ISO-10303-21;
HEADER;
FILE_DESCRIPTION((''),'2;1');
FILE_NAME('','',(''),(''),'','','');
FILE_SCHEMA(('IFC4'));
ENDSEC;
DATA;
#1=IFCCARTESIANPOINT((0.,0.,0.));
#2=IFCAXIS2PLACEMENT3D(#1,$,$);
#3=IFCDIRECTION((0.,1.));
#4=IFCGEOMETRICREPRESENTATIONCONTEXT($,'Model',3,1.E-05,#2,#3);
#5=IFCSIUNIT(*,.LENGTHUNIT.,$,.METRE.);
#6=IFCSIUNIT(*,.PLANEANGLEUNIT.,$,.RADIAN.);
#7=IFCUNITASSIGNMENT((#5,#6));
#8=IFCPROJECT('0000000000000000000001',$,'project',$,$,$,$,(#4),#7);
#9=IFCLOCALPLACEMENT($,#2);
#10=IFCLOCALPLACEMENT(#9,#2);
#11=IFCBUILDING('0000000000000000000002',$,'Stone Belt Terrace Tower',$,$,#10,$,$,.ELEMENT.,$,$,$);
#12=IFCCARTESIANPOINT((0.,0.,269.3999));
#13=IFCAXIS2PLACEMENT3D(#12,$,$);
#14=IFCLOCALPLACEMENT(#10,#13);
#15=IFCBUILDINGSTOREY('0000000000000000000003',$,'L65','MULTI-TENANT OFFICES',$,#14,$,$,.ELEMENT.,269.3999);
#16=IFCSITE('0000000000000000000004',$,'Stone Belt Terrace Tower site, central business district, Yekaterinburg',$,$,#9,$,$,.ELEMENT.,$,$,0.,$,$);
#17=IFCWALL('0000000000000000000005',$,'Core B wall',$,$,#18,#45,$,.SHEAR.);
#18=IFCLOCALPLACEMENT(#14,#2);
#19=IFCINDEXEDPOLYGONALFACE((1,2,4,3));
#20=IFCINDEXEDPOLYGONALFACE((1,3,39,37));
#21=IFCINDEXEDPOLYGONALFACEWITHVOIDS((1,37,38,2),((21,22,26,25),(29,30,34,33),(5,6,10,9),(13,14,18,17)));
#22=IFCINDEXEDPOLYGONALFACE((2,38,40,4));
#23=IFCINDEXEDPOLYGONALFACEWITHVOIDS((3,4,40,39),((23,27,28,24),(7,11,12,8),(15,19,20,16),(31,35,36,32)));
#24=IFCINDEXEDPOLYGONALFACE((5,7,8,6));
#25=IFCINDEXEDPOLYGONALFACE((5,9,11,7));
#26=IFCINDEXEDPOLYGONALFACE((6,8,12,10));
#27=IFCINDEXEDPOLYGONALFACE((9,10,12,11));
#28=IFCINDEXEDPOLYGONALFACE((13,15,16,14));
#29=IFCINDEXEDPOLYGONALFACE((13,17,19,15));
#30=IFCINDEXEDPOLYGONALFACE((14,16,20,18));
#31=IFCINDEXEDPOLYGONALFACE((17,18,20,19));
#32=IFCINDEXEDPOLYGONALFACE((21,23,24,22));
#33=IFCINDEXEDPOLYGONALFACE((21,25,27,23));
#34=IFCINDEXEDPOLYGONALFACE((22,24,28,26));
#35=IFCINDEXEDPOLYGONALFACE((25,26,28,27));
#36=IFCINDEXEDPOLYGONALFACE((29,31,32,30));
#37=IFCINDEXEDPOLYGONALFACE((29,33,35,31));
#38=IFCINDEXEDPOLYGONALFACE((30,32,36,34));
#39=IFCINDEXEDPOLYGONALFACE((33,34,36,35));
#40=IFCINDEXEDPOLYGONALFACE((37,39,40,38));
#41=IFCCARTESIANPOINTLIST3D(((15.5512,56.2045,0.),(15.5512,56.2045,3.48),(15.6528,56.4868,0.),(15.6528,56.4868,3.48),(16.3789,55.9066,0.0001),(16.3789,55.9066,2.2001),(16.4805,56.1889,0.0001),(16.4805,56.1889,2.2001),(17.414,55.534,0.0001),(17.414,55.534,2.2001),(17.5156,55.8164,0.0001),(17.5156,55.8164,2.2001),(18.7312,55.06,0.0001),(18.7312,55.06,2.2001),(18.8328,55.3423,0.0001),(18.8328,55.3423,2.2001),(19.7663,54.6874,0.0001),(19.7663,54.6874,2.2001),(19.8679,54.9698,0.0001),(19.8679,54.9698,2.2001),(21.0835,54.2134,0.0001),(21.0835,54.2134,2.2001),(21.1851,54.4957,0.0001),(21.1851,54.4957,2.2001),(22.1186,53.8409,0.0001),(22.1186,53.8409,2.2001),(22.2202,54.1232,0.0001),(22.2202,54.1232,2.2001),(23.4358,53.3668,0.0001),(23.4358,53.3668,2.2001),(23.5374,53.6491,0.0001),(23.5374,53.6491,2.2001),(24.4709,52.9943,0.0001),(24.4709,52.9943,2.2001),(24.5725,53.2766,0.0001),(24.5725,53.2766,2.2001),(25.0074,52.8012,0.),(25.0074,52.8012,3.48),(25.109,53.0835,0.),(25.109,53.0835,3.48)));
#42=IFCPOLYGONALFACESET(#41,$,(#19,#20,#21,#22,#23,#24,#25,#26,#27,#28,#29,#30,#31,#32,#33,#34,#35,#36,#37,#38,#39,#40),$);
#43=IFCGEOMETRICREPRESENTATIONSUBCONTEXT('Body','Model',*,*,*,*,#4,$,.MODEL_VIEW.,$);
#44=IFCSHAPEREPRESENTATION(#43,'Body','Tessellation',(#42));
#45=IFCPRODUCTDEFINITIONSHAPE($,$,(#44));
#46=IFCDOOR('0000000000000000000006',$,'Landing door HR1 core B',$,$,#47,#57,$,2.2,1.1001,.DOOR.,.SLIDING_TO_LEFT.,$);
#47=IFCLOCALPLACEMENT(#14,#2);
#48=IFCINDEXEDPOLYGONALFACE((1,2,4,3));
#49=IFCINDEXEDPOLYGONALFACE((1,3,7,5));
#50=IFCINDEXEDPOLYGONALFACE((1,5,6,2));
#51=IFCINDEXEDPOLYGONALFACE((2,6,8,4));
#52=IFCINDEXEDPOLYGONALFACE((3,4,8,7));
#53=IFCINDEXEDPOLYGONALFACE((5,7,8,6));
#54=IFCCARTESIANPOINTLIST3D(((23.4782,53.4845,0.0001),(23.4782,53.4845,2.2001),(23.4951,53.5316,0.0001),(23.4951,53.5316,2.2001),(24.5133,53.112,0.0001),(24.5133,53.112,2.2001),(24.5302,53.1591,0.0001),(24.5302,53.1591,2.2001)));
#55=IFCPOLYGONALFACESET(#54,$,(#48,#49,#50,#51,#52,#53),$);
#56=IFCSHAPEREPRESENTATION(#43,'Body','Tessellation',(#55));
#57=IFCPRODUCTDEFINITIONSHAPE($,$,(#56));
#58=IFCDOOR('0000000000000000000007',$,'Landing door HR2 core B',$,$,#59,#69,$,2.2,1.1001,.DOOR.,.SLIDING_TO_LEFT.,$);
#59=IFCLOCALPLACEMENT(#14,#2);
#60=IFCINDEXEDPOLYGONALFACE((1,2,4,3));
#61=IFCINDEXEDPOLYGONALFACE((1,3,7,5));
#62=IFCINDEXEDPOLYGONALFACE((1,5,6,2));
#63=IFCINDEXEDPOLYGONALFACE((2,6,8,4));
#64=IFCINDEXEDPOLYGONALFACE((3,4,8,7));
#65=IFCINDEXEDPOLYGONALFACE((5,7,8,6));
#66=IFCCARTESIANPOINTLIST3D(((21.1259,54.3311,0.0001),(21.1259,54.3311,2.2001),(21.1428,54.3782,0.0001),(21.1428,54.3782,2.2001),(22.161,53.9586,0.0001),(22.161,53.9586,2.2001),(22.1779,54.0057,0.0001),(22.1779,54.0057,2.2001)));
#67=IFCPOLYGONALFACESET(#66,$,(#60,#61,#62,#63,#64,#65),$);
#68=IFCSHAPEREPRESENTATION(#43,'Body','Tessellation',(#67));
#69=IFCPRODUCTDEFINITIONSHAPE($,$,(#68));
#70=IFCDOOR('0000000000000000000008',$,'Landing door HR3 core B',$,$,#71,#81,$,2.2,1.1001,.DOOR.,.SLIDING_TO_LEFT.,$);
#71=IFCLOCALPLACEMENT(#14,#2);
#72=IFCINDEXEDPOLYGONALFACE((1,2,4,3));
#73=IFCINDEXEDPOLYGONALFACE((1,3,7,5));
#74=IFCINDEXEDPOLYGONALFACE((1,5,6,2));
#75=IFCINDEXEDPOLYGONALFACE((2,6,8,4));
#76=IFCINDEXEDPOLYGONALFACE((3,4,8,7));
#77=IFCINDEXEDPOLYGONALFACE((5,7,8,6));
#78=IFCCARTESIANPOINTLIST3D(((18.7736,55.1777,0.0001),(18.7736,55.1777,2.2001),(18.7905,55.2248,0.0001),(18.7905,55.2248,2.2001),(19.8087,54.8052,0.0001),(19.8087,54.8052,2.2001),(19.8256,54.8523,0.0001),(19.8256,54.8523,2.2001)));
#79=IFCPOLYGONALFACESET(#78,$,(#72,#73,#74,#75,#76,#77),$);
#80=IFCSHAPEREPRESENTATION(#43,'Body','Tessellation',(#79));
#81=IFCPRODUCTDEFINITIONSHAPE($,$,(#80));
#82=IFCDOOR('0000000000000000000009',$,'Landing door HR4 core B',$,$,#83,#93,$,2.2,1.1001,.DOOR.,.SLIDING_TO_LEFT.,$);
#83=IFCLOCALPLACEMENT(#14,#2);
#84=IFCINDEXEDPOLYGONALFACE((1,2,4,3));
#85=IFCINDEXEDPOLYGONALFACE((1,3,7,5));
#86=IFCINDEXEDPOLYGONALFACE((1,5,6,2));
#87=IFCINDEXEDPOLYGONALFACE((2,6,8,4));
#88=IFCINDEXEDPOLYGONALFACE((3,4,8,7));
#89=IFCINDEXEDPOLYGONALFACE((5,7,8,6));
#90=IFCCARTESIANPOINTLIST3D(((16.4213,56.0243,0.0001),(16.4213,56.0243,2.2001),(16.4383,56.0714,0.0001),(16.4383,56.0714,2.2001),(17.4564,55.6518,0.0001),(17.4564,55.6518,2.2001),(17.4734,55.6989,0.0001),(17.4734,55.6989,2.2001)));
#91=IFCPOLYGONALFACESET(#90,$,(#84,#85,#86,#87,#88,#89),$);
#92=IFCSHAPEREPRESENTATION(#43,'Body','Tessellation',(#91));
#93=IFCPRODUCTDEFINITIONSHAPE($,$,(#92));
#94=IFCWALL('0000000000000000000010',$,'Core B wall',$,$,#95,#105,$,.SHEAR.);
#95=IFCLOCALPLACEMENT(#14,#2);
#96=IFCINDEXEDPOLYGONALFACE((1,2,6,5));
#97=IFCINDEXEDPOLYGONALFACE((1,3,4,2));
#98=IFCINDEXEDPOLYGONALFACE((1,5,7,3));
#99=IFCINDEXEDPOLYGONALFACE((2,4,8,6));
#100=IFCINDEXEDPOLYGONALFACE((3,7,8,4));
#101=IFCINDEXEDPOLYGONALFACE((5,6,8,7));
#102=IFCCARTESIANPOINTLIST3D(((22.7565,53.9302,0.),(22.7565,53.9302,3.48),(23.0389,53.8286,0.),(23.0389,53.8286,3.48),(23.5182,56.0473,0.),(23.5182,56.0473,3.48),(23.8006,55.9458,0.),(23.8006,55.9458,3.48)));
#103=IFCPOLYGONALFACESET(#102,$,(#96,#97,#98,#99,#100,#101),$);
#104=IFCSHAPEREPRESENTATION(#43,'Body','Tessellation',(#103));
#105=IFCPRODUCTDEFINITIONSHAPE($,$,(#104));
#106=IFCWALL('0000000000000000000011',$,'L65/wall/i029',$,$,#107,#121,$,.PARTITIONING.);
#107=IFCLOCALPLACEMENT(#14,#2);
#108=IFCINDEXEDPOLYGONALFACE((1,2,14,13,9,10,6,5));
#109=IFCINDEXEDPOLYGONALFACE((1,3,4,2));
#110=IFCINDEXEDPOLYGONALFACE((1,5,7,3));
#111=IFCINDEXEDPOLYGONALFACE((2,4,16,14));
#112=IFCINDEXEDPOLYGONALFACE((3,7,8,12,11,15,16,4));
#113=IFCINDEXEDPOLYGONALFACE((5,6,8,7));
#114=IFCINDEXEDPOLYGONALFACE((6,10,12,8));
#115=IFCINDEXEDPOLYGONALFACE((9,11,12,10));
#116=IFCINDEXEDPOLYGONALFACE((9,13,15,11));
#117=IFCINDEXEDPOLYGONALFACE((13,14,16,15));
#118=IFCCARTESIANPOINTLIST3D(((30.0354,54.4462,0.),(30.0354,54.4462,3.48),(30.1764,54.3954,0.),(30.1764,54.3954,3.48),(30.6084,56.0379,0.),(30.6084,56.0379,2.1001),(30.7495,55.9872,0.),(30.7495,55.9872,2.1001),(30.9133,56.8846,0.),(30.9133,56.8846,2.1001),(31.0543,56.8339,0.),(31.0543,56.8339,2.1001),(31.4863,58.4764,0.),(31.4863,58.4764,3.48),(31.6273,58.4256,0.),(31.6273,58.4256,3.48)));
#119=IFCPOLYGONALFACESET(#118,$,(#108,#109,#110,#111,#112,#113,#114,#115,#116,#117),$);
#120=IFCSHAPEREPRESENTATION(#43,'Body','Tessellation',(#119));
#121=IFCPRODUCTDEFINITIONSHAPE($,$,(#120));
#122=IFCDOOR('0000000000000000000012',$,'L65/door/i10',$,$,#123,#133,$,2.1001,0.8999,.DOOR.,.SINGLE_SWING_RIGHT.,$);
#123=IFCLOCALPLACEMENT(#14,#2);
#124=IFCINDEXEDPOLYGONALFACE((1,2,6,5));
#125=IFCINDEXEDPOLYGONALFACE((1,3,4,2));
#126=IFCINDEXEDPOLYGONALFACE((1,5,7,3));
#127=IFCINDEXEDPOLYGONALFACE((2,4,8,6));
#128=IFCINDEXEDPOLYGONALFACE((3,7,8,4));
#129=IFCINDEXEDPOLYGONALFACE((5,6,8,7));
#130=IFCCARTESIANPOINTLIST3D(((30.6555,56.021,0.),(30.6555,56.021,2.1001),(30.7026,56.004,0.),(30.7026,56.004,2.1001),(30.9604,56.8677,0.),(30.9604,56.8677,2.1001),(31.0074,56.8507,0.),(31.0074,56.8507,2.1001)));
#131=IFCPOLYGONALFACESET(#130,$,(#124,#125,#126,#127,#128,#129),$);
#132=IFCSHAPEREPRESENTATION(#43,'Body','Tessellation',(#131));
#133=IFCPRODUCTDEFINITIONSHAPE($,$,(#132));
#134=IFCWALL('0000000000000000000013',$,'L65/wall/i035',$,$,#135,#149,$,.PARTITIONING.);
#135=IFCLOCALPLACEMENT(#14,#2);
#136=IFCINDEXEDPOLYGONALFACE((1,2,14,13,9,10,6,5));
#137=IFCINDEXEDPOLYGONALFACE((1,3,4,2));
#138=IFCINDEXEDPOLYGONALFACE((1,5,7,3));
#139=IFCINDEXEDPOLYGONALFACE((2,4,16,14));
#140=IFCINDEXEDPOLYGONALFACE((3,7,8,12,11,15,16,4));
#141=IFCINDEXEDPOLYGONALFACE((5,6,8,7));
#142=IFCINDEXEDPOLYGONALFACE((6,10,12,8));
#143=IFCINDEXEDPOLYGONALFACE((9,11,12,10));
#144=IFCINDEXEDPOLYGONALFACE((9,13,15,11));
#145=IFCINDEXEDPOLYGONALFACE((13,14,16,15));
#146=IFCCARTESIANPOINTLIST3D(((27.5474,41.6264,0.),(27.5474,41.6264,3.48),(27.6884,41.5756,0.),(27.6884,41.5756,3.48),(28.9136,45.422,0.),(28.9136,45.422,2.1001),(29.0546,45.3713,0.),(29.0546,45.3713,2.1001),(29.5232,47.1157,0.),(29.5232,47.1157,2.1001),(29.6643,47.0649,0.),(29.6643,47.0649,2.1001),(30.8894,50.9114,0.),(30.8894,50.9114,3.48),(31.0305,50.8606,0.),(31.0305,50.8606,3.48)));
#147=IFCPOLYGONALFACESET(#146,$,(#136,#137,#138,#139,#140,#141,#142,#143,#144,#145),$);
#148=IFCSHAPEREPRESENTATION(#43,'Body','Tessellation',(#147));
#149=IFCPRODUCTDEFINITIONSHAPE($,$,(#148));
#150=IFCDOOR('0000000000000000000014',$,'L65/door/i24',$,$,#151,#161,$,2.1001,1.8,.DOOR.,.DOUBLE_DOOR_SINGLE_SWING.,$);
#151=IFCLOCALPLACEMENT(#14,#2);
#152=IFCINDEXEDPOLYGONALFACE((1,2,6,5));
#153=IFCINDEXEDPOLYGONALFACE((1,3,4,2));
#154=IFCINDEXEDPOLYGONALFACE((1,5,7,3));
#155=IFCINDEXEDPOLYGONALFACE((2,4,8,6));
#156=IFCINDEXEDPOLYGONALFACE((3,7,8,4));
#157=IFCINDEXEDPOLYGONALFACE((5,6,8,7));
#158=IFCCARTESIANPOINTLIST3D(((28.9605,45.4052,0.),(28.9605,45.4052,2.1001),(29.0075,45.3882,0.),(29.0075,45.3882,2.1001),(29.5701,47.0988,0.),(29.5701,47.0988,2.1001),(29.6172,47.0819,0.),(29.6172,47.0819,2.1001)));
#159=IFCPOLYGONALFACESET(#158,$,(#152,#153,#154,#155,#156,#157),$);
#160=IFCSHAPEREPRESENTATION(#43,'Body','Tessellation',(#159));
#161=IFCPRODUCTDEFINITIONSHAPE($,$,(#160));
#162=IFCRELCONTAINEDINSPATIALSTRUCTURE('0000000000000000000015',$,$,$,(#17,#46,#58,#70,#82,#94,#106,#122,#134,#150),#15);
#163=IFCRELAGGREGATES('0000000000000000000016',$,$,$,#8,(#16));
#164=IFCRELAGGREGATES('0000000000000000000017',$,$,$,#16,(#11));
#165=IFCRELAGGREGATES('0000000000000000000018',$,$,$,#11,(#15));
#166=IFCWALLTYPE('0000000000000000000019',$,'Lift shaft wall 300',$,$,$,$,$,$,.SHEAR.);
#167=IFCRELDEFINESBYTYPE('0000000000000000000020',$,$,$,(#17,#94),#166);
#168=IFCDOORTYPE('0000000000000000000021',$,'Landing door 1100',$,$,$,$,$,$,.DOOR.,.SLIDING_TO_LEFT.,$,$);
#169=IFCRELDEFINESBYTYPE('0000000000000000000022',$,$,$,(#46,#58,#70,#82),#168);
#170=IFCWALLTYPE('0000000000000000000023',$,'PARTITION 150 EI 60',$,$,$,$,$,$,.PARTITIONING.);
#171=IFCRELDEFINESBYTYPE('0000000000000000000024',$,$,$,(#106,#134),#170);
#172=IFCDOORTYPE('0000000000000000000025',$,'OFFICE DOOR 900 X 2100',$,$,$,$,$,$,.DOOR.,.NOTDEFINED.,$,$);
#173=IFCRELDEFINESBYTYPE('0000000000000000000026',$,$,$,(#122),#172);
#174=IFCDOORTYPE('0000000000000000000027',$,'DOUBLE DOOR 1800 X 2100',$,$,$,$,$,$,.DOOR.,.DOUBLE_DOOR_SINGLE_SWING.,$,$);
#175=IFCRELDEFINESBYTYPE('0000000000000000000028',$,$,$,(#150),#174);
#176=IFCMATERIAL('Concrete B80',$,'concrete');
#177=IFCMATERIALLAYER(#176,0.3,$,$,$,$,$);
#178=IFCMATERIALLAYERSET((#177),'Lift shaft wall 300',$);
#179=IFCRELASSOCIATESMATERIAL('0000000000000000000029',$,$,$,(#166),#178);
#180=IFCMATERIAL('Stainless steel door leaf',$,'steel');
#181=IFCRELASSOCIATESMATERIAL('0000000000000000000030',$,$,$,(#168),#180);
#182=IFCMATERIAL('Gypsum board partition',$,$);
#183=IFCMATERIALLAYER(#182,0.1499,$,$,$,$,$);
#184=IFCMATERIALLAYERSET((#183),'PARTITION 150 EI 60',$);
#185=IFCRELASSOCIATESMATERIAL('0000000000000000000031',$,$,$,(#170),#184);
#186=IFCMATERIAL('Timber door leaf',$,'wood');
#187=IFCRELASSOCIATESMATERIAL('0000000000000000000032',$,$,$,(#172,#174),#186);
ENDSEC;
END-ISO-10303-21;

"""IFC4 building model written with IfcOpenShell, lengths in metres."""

from ifc_helpers import new_model, si_unit, direction, frame, frame_2d, origin, place, context, subcontext, project, spatial, rectangle, extrude, material, layer, layer_set, type_object, element, fill, save


model = new_model("IFC4")

# Units and contexts
model_context = context("Model", 3, precision=1e-05, world=origin(), true_north=direction((0.0, 1.0)))
body_context = subcontext(model_context, "Body", "Model", "MODEL_VIEW")
ifc_project = project(units=[si_unit("LENGTHUNIT", "METRE"), si_unit("PLANEANGLEUNIT", "RADIAN")], contexts=[model_context])

# Site, building, storey
site_placement = place(None, origin())
site = spatial("IfcSite", under=ifc_project, at=site_placement, Name="Stone Belt Terrace Tower site, central business district, Yekaterinburg", CompositionType="ELEMENT", RefElevation=0.0)
building_placement = place(site_placement, origin())
building = spatial("IfcBuilding", under=site, at=building_placement, Name="Stone Belt Terrace Tower", CompositionType="ELEMENT")
storey_placement = place(building_placement, frame((0.0, 0.0, 269.3999)))
storey = spatial("IfcBuildingStorey", under=building, at=storey_placement, Name="L65", Description="MULTI-TENANT OFFICES", CompositionType="ELEMENT", Elevation=269.3999)

# Shared definitions
ifc_material_1 = material(Name="Timber door leaf", Category="wood")

# Shared definitions
ifc_material_2 = material(Name="Concrete B80", Category="concrete")

# Shared definitions
ifc_layer_1 = layer(ifc_material_2, 0.3)
ifc_layer_set_1 = layer_set([ifc_layer_1], Name="Lift shaft wall 300")
wall_type_1 = type_object("IfcWallType", Name="Lift shaft wall 300", PredefinedType="SHEAR", material=ifc_layer_set_1)
ifc_material_3 = material(Name="Stainless steel door leaf", Category="steel")

# Wall, openings, doors
wall_1_placement = place(storey_placement, frame((25.0581, 52.9424, 0.0), z_axis=(0.0, 0.0, 1.0), x_axis=(-0.940917, 0.338636, 0.0)))
wall_1 = element("IfcWall", 1, at=wall_1_placement, inside=storey, type_object=wall_type_1, Name="Core B wall", PredefinedType="SHEAR", context=body_context, shape_type="SweptSolid", body=[
    extrude(rectangle(XDim=10.05, YDim=0.3, at=frame_2d((5.0249, 0.0))), origin(), (0.0, 0.0, 1.0), 3.48),
])
opening_1_placement = place(wall_1_placement, frame((0.5701, 0.0, 0.0)))
opening_1 = element("IfcOpeningElement", 2, at=opening_1_placement, cuts=wall_1, PredefinedType="OPENING", context=body_context, shape_type="SweptSolid", body=[
    extrude(rectangle(XDim=1.1001, YDim=2.2, at=frame_2d((0.55, 1.1001))), frame((0.0, 0.1599, 0.0), z_axis=(0.0, -1.0, 0.0), x_axis=(1.0, 0.0, 0.0)), (0.0, 0.0, 1.0), 0.3201),
])
opening_2_placement = place(wall_1_placement, frame((3.0701, 0.0, 0.0)))
opening_2 = element("IfcOpeningElement", 3, at=opening_2_placement, cuts=wall_1, PredefinedType="OPENING", context=body_context, shape_type="SweptSolid", body=[
    extrude(rectangle(XDim=1.1001, YDim=2.2, at=frame_2d((0.55, 1.1001))), frame((0.0, 0.1599, 0.0), z_axis=(0.0, -1.0, 0.0), x_axis=(1.0, 0.0, 0.0)), (0.0, 0.0, 1.0), 0.3201),
])
opening_3_placement = place(wall_1_placement, frame((5.5701, 0.0, 0.0)))
opening_3 = element("IfcOpeningElement", 4, at=opening_3_placement, cuts=wall_1, PredefinedType="OPENING", context=body_context, shape_type="SweptSolid", body=[
    extrude(rectangle(XDim=1.1001, YDim=2.2, at=frame_2d((0.55, 1.1001))), frame((0.0, 0.1599, 0.0), z_axis=(0.0, -1.0, 0.0), x_axis=(1.0, 0.0, 0.0)), (0.0, 0.0, 1.0), 0.3201),
])
opening_4_placement = place(wall_1_placement, frame((8.0701, 0.0, 0.0)))
opening_4 = element("IfcOpeningElement", 5, at=opening_4_placement, cuts=wall_1, PredefinedType="OPENING", context=body_context, shape_type="SweptSolid", body=[
    extrude(rectangle(XDim=1.1001, YDim=2.2, at=frame_2d((0.55, 1.1001))), frame((0.0, 0.1599, 0.0), z_axis=(0.0, -1.0, 0.0), x_axis=(1.0, 0.0, 0.0)), (0.0, 0.0, 1.0), 0.3201),
])
door_type_1 = type_object("IfcDoorType", Name="Landing door 1100", OperationType="SLIDING_TO_LEFT", PredefinedType="DOOR", material=ifc_material_3)
door_1_placement = place(opening_1_placement, origin())
door_1 = element("IfcDoor", 6, at=door_1_placement, inside=storey, type_object=door_type_1, Name="Landing door HR1 core B", OperationType="SLIDING_TO_LEFT", OverallHeight=2.2, OverallWidth=1.1001, PredefinedType="DOOR", context=body_context, shape_type="SweptSolid", body=[
    extrude(rectangle(XDim=1.1001, YDim=2.2, at=frame_2d((0.55, 1.1001))), frame((0.0, 0.0249, 0.0), z_axis=(0.0, -1.0, 0.0), x_axis=(1.0, 0.0, 0.0)), (0.0, 0.0, 1.0), 0.05),
])
fill(opening_1, door_1)
door_2_placement = place(opening_2_placement, origin())
door_2 = element("IfcDoor", 7, at=door_2_placement, inside=storey, type_object=door_type_1, Name="Landing door HR2 core B", OperationType="SLIDING_TO_LEFT", OverallHeight=2.2, OverallWidth=1.1001, PredefinedType="DOOR", context=body_context, shape_type="SweptSolid", body=[
    extrude(rectangle(XDim=1.1001, YDim=2.2, at=frame_2d((0.55, 1.1001))), frame((0.0, 0.0249, 0.0), z_axis=(0.0, -1.0, 0.0), x_axis=(1.0, 0.0, 0.0)), (0.0, 0.0, 1.0), 0.05),
])
fill(opening_2, door_2)
door_3_placement = place(opening_3_placement, origin())
door_3 = element("IfcDoor", 8, at=door_3_placement, inside=storey, type_object=door_type_1, Name="Landing door HR3 core B", OperationType="SLIDING_TO_LEFT", OverallHeight=2.2, OverallWidth=1.1001, PredefinedType="DOOR", context=body_context, shape_type="SweptSolid", body=[
    extrude(rectangle(XDim=1.1001, YDim=2.2, at=frame_2d((0.55, 1.1001))), frame((0.0, 0.0249, 0.0), z_axis=(0.0, -1.0, 0.0), x_axis=(1.0, 0.0, 0.0)), (0.0, 0.0, 1.0), 0.05),
])
fill(opening_3, door_3)
door_4_placement = place(opening_4_placement, origin())
door_4 = element("IfcDoor", 9, at=door_4_placement, inside=storey, type_object=door_type_1, Name="Landing door HR4 core B", OperationType="SLIDING_TO_LEFT", OverallHeight=2.2, OverallWidth=1.1001, PredefinedType="DOOR", context=body_context, shape_type="SweptSolid", body=[
    extrude(rectangle(XDim=1.1001, YDim=2.2, at=frame_2d((0.55, 1.1001))), frame((0.0, 0.0249, 0.0), z_axis=(0.0, -1.0, 0.0), x_axis=(1.0, 0.0, 0.0)), (0.0, 0.0, 1.0), 0.05),
])
fill(opening_4, door_4)

# Wall
wall_2_placement = place(storey_placement, frame((22.8977, 53.8794, 0.0), z_axis=(0.0, 0.0, 1.0), x_axis=(0.338535, 0.940954, 0.0)))
element("IfcWall", 10, at=wall_2_placement, inside=storey, type_object=wall_type_1, Name="Core B wall", PredefinedType="SHEAR", context=body_context, shape_type="SweptSolid", body=[
    extrude(rectangle(XDim=2.25, YDim=0.3, at=frame_2d((1.125, 0.0))), origin(), (0.0, 0.0, 1.0), 3.48),
])

# Walls, openings, doors
ifc_material_4 = material(Name="Gypsum board partition")
ifc_layer_2 = layer(ifc_material_4, 0.1499)
ifc_layer_set_2 = layer_set([ifc_layer_2], Name="PARTITION 150 EI 60")
wall_type_2 = type_object("IfcWallType", Name="PARTITION 150 EI 60", PredefinedType="PARTITIONING", material=ifc_layer_set_2)
wall_3_placement = place(storey_placement, frame((30.106, 54.4209, 0.0), z_axis=(0.0, 0.0, 1.0), x_axis=(0.338726, 0.940885, 0.0)))
wall_3 = element("IfcWall", 11, at=wall_3_placement, inside=storey, type_object=wall_type_2, Name="L65/wall/i029", PredefinedType="PARTITIONING", context=body_context, shape_type="SweptSolid", body=[
    extrude(rectangle(XDim=4.2834, YDim=0.1499, at=frame_2d((2.1416, 0.0))), origin(), (0.0, 0.0, 1.0), 3.48),
])
opening_5_placement = place(wall_3_placement, frame((1.6917, 0.0, 0.0)))
opening_5 = element("IfcOpeningElement", 12, at=opening_5_placement, cuts=wall_3, PredefinedType="OPENING", context=body_context, shape_type="SweptSolid", body=[
    extrude(rectangle(XDim=0.8999, YDim=2.1001, at=frame_2d((0.45, 1.05))), frame((0.0, 0.085, 0.0), z_axis=(0.0, -1.0, 0.0), x_axis=(1.0, 0.0, 0.0)), (0.0, 0.0, 1.0), 0.1699),
])
door_type_2 = type_object("IfcDoorType", Name="OFFICE DOOR 900 X 2100", OperationType="NOTDEFINED", PredefinedType="DOOR", material=ifc_material_1)
door_5_placement = place(opening_5_placement, origin())
door_5 = element("IfcDoor", 13, at=door_5_placement, inside=storey, type_object=door_type_2, Name="L65/door/i10", OperationType="SINGLE_SWING_RIGHT", OverallHeight=2.1001, OverallWidth=0.8999, PredefinedType="DOOR", context=body_context, shape_type="SweptSolid", body=[
    extrude(rectangle(XDim=0.8999, YDim=2.1001, at=frame_2d((0.45, 1.05))), frame((0.0, 0.0249, 0.0), z_axis=(0.0, -1.0, 0.0), x_axis=(1.0, 0.0, 0.0)), (0.0, 0.0, 1.0), 0.05),
])
fill(opening_5, door_5)
wall_4_placement = place(storey_placement, frame((30.96, 50.886, 0.0), z_axis=(0.0, 0.0, 1.0), x_axis=(-0.338672, -0.940904, 0.0)))
wall_4 = element("IfcWall", 14, at=wall_4_placement, inside=storey, type_object=wall_type_2, Name="L65/wall/i035", PredefinedType="PARTITIONING", context=body_context, shape_type="SweptSolid", body=[
    extrude(rectangle(XDim=9.8682, YDim=0.1499, at=frame_2d((4.9341, 0.0))), origin(), (0.0, 0.0, 1.0), 3.48),
])
opening_6_placement = place(wall_4_placement, frame((4.0342, 0.0, 0.0)))
opening_6 = element("IfcOpeningElement", 15, at=opening_6_placement, cuts=wall_4, PredefinedType="OPENING", context=body_context, shape_type="SweptSolid", body=[
    extrude(rectangle(XDim=1.8, YDim=2.1001, at=frame_2d((0.8999, 1.05))), frame((0.0, 0.085, 0.0), z_axis=(0.0, -1.0, 0.0), x_axis=(1.0, 0.0, 0.0)), (0.0, 0.0, 1.0), 0.1699),
])
door_type_3 = type_object("IfcDoorType", Name="DOUBLE DOOR 1800 X 2100", OperationType="DOUBLE_DOOR_SINGLE_SWING", PredefinedType="DOOR", material=ifc_material_1)
door_6_placement = place(opening_6_placement, origin())
door_6 = element("IfcDoor", 16, at=door_6_placement, inside=storey, type_object=door_type_3, Name="L65/door/i24", OperationType="DOUBLE_DOOR_SINGLE_SWING", OverallHeight=2.1001, OverallWidth=1.8, PredefinedType="DOOR", context=body_context, shape_type="SweptSolid", body=[
    extrude(rectangle(XDim=1.8, YDim=2.1001, at=frame_2d((0.8999, 1.05))), frame((0.0, 0.0249, 0.0), z_axis=(0.0, -1.0, 0.0), x_axis=(1.0, 0.0, 0.0)), (0.0, 0.0, 1.0), 0.05),
])
fill(opening_6, door_6)

save(model, "model.ifc")
